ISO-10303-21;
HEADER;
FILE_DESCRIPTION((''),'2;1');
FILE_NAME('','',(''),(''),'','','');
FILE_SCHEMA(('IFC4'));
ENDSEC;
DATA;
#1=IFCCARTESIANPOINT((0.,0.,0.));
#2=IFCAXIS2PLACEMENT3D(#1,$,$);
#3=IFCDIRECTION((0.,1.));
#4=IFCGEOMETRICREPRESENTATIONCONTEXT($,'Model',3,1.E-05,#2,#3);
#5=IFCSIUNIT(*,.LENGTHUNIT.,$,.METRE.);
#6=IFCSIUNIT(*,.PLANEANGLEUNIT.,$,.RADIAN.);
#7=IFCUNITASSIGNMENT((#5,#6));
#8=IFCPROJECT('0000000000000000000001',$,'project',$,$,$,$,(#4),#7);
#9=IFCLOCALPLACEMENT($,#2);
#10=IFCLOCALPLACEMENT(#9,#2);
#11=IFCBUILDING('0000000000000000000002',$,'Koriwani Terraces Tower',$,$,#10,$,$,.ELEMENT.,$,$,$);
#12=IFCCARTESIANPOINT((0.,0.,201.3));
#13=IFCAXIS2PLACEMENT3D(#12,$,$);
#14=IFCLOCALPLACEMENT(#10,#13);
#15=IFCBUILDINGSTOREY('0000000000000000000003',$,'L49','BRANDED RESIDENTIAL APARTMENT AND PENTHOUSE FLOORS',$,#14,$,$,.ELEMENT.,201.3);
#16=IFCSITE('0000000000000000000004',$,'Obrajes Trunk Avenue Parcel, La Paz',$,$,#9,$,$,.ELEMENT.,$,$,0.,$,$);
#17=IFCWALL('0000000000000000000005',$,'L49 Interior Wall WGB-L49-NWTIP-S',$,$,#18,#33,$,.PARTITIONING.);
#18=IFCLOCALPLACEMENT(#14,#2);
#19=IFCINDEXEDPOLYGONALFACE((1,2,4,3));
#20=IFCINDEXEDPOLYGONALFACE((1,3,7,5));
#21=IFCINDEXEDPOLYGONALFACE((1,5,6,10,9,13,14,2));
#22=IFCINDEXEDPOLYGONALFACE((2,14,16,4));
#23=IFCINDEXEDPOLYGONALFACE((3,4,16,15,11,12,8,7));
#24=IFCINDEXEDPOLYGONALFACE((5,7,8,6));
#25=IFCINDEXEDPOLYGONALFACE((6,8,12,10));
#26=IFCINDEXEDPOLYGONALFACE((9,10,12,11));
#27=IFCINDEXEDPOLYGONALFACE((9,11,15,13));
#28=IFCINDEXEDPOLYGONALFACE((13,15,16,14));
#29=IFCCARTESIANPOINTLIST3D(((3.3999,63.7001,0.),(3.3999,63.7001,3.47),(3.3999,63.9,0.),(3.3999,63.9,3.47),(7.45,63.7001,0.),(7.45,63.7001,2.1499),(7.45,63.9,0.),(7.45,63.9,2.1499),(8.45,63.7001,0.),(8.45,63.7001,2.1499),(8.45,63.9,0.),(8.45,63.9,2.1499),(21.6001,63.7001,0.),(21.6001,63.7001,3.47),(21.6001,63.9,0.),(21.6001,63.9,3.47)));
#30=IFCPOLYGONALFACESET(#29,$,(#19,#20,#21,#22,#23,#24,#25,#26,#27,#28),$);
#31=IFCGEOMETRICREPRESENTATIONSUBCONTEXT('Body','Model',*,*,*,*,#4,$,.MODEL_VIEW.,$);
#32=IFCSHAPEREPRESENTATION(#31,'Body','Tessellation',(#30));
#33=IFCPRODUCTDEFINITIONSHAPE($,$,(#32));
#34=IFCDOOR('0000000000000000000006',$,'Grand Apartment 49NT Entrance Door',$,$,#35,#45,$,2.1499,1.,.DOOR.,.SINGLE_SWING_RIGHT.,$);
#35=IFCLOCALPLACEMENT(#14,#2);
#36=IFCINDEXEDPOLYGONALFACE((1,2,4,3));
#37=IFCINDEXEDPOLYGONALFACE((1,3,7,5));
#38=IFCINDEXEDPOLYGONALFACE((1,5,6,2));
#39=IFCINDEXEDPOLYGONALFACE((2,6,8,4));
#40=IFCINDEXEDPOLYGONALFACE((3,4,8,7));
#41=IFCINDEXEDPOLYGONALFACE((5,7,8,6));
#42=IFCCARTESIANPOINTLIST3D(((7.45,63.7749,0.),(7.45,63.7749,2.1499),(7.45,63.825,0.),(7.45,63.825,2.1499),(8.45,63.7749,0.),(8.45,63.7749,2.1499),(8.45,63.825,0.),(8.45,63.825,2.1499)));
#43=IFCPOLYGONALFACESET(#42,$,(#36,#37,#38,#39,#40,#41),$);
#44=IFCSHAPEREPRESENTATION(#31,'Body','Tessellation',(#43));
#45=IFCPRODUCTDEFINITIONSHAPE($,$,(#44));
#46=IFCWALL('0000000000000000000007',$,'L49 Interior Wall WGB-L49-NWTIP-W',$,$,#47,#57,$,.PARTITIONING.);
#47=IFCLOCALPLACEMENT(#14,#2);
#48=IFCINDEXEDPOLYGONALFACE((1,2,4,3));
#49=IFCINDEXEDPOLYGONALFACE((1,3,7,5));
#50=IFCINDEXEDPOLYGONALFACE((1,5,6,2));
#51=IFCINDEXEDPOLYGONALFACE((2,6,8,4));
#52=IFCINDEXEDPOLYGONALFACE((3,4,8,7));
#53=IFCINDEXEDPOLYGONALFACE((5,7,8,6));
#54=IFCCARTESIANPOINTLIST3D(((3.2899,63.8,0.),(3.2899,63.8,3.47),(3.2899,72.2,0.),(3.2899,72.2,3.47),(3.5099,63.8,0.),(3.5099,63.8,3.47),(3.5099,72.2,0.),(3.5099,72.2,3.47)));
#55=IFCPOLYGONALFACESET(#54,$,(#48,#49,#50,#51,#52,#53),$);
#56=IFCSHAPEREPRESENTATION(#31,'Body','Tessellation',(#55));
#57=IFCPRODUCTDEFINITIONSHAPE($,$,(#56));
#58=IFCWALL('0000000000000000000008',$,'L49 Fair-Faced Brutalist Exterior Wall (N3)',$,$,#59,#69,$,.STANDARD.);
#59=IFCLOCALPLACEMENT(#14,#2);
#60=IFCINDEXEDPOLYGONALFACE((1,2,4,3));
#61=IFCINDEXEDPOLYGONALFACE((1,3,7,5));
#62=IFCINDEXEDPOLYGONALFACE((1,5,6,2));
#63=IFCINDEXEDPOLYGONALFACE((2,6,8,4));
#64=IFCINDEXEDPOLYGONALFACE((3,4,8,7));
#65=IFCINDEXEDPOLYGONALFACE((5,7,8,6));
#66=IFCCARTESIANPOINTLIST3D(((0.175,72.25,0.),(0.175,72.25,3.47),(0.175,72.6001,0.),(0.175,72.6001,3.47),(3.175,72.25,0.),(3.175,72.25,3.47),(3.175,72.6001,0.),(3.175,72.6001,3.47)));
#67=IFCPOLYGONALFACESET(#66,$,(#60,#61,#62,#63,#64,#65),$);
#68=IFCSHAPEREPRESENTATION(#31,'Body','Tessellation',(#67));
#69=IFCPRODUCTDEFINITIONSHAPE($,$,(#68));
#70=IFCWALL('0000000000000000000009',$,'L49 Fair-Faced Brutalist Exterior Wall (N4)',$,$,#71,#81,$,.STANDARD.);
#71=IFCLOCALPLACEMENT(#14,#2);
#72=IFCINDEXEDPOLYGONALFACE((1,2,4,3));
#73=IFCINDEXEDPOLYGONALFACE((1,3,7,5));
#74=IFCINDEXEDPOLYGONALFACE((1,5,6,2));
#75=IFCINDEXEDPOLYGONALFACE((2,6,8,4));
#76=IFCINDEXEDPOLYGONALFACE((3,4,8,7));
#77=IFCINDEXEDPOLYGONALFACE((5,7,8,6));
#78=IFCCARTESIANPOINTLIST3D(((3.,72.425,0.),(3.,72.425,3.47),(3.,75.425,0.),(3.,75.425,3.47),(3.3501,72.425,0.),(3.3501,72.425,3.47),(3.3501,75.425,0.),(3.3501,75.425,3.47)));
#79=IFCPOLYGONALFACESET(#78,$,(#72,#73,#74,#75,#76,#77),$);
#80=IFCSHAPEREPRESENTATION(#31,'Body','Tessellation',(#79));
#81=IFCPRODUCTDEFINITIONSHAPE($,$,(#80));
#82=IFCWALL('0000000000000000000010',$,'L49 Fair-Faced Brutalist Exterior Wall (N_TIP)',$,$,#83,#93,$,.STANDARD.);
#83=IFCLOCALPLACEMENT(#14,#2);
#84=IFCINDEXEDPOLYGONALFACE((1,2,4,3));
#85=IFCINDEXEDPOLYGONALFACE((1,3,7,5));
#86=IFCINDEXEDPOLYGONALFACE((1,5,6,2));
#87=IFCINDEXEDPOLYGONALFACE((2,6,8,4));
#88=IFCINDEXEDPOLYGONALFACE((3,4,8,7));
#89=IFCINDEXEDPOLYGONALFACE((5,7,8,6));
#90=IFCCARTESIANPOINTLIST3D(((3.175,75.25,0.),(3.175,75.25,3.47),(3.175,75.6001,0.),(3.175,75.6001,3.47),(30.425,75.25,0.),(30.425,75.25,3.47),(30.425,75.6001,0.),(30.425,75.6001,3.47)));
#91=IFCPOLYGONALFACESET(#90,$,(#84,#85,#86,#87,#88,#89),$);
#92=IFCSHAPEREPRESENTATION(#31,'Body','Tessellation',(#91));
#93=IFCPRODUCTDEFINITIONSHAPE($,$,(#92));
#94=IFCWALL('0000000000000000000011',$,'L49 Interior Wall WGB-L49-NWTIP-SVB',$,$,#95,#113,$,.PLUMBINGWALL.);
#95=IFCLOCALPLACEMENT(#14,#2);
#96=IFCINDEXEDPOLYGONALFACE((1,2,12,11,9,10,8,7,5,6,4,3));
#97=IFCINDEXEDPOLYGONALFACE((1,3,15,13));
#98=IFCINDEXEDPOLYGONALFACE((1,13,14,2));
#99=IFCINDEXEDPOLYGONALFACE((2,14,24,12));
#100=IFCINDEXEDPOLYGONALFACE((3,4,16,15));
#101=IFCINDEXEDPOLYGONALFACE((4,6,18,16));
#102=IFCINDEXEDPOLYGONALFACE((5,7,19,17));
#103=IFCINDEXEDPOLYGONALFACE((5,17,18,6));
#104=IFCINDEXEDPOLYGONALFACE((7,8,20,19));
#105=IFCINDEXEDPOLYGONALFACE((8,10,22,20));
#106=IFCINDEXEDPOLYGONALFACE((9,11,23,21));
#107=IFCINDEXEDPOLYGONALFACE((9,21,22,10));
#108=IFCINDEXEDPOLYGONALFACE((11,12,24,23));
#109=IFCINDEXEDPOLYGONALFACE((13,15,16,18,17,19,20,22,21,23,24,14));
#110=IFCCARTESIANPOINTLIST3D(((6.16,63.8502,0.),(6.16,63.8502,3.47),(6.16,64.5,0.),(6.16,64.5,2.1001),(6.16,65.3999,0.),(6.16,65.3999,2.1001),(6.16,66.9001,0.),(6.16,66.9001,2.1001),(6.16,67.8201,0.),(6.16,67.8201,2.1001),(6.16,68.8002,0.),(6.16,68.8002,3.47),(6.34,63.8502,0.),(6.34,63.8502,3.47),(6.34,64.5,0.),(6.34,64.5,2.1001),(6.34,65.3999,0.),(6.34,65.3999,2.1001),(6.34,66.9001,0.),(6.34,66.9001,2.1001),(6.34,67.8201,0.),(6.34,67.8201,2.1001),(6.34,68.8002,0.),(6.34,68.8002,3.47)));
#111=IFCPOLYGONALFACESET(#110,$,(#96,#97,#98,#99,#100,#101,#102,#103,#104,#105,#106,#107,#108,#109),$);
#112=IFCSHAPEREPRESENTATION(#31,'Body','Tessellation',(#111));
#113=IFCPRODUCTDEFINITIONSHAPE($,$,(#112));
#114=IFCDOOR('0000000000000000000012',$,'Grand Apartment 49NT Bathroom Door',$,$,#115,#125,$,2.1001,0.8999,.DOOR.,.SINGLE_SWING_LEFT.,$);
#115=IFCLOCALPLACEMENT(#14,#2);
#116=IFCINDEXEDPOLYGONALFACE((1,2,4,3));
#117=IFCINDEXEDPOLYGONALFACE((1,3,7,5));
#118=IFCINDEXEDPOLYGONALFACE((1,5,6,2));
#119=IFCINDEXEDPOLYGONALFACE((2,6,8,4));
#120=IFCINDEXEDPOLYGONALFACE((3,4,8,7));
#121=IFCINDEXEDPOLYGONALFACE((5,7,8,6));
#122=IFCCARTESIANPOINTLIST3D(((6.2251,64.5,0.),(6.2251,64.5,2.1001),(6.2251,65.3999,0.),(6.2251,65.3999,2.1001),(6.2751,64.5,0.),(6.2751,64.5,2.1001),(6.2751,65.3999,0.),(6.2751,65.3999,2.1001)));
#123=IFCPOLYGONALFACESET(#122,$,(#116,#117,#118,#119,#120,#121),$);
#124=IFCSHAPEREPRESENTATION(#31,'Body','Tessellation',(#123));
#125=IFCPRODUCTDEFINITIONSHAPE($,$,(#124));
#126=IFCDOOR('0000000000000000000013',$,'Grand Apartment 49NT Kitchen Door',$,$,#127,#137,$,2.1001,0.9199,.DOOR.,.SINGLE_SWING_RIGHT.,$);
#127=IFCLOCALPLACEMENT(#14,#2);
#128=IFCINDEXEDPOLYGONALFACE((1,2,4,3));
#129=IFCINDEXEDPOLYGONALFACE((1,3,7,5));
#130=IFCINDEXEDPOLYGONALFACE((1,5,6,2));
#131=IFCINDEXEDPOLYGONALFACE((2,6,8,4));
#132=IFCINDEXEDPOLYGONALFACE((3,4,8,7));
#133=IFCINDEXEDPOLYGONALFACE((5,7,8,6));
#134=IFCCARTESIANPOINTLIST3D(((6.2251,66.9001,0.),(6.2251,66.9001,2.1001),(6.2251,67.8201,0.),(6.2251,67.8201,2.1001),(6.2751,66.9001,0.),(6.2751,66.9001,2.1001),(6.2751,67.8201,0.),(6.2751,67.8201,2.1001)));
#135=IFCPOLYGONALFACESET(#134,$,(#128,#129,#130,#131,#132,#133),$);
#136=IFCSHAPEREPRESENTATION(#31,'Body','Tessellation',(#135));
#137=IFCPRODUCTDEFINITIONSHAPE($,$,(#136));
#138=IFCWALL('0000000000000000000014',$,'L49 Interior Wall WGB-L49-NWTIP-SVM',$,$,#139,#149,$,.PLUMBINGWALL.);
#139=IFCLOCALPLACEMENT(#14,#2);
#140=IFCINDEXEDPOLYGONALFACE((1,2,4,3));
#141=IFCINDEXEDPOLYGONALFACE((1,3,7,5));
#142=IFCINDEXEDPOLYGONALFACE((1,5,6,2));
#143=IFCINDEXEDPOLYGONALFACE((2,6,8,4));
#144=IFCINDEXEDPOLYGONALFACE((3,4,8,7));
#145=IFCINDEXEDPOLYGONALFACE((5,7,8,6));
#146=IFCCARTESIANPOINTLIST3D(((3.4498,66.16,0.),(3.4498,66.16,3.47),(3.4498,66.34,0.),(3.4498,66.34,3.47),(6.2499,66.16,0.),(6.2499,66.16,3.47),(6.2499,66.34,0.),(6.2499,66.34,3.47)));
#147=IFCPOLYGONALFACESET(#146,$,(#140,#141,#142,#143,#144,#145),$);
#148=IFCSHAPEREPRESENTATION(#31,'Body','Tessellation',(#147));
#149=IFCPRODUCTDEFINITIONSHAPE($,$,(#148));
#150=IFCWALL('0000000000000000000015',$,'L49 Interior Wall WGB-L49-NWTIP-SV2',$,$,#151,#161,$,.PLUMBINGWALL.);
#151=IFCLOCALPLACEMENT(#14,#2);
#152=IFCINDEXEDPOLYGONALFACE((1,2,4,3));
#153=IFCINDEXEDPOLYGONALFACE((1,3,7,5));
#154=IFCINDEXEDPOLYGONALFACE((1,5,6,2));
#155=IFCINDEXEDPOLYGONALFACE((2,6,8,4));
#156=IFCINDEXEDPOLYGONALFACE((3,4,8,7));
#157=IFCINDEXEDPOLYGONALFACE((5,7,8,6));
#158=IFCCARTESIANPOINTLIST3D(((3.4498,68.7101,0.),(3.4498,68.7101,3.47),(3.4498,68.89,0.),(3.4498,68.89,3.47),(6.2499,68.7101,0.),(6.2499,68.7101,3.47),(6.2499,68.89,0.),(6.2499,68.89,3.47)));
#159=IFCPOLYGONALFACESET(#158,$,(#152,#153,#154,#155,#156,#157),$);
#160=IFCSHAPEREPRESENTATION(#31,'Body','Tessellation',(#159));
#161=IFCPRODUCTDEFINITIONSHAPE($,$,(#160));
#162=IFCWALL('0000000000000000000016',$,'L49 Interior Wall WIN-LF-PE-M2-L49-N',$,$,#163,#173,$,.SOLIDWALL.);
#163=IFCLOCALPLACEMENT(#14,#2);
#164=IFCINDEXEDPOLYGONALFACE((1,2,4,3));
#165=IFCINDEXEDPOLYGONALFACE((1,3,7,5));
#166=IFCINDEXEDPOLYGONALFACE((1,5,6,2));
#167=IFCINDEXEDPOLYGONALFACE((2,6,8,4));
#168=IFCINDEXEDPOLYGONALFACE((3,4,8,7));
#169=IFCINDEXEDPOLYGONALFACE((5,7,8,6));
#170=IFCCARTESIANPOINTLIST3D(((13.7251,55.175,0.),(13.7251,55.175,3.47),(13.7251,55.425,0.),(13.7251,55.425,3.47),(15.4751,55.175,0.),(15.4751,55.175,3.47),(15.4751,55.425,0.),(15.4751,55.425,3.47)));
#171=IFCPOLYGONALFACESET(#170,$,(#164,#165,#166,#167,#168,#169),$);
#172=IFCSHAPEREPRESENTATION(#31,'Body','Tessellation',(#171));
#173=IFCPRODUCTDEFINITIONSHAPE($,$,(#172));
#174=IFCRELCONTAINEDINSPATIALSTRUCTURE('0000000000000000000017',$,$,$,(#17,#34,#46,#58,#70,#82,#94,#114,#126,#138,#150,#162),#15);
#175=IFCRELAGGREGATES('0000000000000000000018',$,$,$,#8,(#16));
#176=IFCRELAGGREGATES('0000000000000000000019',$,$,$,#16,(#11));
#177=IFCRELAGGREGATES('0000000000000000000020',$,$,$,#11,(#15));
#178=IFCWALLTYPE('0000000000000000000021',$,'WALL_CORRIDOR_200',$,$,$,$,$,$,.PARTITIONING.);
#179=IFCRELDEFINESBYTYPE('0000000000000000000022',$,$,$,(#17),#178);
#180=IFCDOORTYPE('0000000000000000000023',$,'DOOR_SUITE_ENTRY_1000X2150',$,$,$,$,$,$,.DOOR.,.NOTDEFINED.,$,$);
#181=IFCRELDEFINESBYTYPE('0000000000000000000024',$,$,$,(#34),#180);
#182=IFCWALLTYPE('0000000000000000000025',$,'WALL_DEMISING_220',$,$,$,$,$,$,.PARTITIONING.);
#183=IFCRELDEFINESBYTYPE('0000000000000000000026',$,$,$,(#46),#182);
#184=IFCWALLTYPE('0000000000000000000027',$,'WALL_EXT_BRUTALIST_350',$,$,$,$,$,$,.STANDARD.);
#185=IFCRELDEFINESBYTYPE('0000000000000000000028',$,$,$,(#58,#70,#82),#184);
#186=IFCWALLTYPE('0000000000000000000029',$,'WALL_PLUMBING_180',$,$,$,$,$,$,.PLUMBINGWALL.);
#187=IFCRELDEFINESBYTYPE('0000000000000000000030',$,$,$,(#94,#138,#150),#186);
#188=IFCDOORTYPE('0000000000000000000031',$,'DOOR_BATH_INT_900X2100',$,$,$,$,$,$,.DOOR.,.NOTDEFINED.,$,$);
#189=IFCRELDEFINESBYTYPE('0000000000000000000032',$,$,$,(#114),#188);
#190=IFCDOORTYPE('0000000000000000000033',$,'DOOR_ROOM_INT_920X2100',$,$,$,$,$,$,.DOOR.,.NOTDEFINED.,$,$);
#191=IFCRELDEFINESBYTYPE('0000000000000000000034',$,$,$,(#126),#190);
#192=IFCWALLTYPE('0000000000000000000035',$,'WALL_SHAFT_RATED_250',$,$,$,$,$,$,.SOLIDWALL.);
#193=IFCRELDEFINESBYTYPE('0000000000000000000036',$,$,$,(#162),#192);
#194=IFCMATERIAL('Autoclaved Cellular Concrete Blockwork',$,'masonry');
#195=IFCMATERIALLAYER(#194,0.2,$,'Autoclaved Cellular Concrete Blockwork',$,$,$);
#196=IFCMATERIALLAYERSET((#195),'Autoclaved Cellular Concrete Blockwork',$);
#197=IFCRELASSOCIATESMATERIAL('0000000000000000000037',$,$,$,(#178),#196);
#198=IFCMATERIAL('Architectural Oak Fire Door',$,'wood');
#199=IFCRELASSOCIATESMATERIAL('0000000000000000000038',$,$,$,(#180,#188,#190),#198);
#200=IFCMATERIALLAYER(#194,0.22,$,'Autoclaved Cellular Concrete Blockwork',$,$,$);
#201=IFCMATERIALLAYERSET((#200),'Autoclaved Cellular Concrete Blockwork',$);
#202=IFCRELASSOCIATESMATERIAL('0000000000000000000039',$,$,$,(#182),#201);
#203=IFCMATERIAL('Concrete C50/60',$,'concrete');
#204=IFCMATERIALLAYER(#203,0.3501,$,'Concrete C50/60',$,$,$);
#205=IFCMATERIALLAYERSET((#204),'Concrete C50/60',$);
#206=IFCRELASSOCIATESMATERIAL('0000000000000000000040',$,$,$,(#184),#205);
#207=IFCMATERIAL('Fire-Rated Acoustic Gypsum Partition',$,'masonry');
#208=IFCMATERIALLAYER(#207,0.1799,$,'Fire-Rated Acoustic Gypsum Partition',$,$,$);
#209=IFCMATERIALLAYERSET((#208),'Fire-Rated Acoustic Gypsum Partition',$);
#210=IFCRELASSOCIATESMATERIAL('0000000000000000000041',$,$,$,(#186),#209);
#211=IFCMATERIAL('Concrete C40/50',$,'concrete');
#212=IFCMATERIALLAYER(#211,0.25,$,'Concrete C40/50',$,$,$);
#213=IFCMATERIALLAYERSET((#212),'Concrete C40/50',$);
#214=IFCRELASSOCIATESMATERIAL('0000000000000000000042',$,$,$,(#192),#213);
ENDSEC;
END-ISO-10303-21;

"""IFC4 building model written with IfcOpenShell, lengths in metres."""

from ifc_helpers import new_model, si_unit, direction, frame, frame_2d, origin, place, context, subcontext, project, spatial, rectangle, extrude, material, layer, layer_set, type_object, element, fill, save


model = new_model("IFC4")

# Units and contexts
model_context = context("Model", 3, precision=1e-05, world=origin(), true_north=direction((0.0, 1.0)))
body_context = subcontext(model_context, "Body", "Model", "MODEL_VIEW")
ifc_project = project(units=[si_unit("LENGTHUNIT", "METRE"), si_unit("PLANEANGLEUNIT", "RADIAN")], contexts=[model_context])

# Site, building, storey
site_placement = place(None, origin())
site = spatial("IfcSite", under=ifc_project, at=site_placement, Name="Obrajes Trunk Avenue Parcel, La Paz", CompositionType="ELEMENT", RefElevation=0.0)
building_placement = place(site_placement, origin())
building = spatial("IfcBuilding", under=site, at=building_placement, Name="Koriwani Terraces Tower", CompositionType="ELEMENT")
storey_placement = place(building_placement, frame((0.0, 0.0, 201.3)))
storey = spatial("IfcBuildingStorey", under=building, at=storey_placement, Name="L49", Description="BRANDED RESIDENTIAL APARTMENT AND PENTHOUSE FLOORS", CompositionType="ELEMENT", Elevation=201.3)

# Shared definitions
ifc_material_1 = material(Name="Concrete C50/60", Category="concrete")

# Shared definitions
ifc_material_2 = material(Name="Concrete C40/50", Category="concrete")

# Wall, opening, door
ifc_material_3 = material(Name="Autoclaved Cellular Concrete Blockwork", Category="masonry")
ifc_layer_1 = layer(ifc_material_3, 0.2, Name="Autoclaved Cellular Concrete Blockwork")
ifc_layer_set_1 = layer_set([ifc_layer_1], Name="Autoclaved Cellular Concrete Blockwork")
wall_type_1 = type_object("IfcWallType", Name="WALL_CORRIDOR_200", PredefinedType="PARTITIONING", material=ifc_layer_set_1)
wall_1_placement = place(storey_placement, frame((3.3999, 63.8, 0.0), z_axis=(0.0, 0.0, 1.0), x_axis=(1.0, 0.0, 0.0)))
wall_1 = element("IfcWall", 1, at=wall_1_placement, inside=storey, type_object=wall_type_1, Name="L49 Interior Wall WGB-L49-NWTIP-S", PredefinedType="PARTITIONING", context=body_context, shape_type="SweptSolid", body=[
    extrude(rectangle(XDim=18.2002, YDim=0.2, at=frame_2d((9.1001, 0.0))), origin(), (0.0, 0.0, 1.0), 3.47),
])
opening_1_placement = place(wall_1_placement, frame((4.05, 0.0, 0.0)))
opening_1 = element("IfcOpeningElement", 2, at=opening_1_placement, cuts=wall_1, PredefinedType="OPENING", context=body_context, shape_type="SweptSolid", body=[
    extrude(rectangle(XDim=1.0, YDim=2.1499, at=frame_2d((0.5, 1.075))), frame((0.0, 0.1099, 0.0), z_axis=(0.0, -1.0, 0.0), x_axis=(1.0, 0.0, 0.0)), (0.0, 0.0, 1.0), 0.22),
])
ifc_material_4 = material(Name="Architectural Oak Fire Door", Category="wood")
door_type_1 = type_object("IfcDoorType", Name="DOOR_SUITE_ENTRY_1000X2150", OperationType="NOTDEFINED", PredefinedType="DOOR", material=ifc_material_4)
door_1_placement = place(opening_1_placement, origin())
door_1 = element("IfcDoor", 3, at=door_1_placement, inside=storey, type_object=door_type_1, Name="Grand Apartment 49NT Entrance Door", OperationType="SINGLE_SWING_RIGHT", OverallHeight=2.1499, OverallWidth=1.0, PredefinedType="DOOR", context=body_context, shape_type="SweptSolid", body=[
    extrude(rectangle(XDim=1.0, YDim=2.1499, at=frame_2d((0.5, 1.075))), frame((0.0, 0.0249, 0.0), z_axis=(0.0, -1.0, 0.0), x_axis=(1.0, 0.0, 0.0)), (0.0, 0.0, 1.0), 0.05),
])
fill(opening_1, door_1)

# Walls
ifc_layer_2 = layer(ifc_material_3, 0.22, Name="Autoclaved Cellular Concrete Blockwork")
ifc_layer_set_2 = layer_set([ifc_layer_2], Name="Autoclaved Cellular Concrete Blockwork")
wall_type_2 = type_object("IfcWallType", Name="WALL_DEMISING_220", PredefinedType="PARTITIONING", material=ifc_layer_set_2)
wall_2_placement = place(storey_placement, frame((3.3999, 63.8, 0.0), z_axis=(0.0, 0.0, 1.0), x_axis=(0.0, 1.0, 0.0)))
element("IfcWall", 4, at=wall_2_placement, inside=storey, type_object=wall_type_2, Name="L49 Interior Wall WGB-L49-NWTIP-W", PredefinedType="PARTITIONING", context=body_context, shape_type="SweptSolid", body=[
    extrude(rectangle(XDim=8.3999, YDim=0.22, at=frame_2d((4.2, 0.0))), origin(), (0.0, 0.0, 1.0), 3.47),
])
ifc_layer_3 = layer(ifc_material_1, 0.3501, Name="Concrete C50/60")
ifc_layer_set_3 = layer_set([ifc_layer_3], Name="Concrete C50/60")
wall_type_3 = type_object("IfcWallType", Name="WALL_EXT_BRUTALIST_350", PredefinedType="STANDARD", material=ifc_layer_set_3)
for number, where, z_axis, x_axis, name in (
    (5, (0.175, 72.425, 0.0), (0.0, 0.0, 1.0), (1.0, 0.0, 0.0), "L49 Fair-Faced Brutalist Exterior Wall (N3)"),
    (6, (3.175, 72.425, 0.0), (0.0, 0.0, 1.0), (0.0, 1.0, 0.0), "L49 Fair-Faced Brutalist Exterior Wall (N4)"),
):
    element("IfcWall", number, at=place(storey_placement, frame(where, z_axis=z_axis, x_axis=x_axis)), inside=storey, type_object=wall_type_3, Name=name, PredefinedType="STANDARD", context=body_context, shape_type="SweptSolid", body=[
        extrude(rectangle(XDim=3.0, YDim=0.3501, at=frame_2d((1.5, 0.0))), origin(), (0.0, 0.0, 1.0), 3.47),
    ])
wall_3_placement = place(storey_placement, frame((3.175, 75.425, 0.0), z_axis=(0.0, 0.0, 1.0), x_axis=(1.0, 0.0, 0.0)))
element("IfcWall", 7, at=wall_3_placement, inside=storey, type_object=wall_type_3, Name="L49 Fair-Faced Brutalist Exterior Wall (N_TIP)", PredefinedType="STANDARD", context=body_context, shape_type="SweptSolid", body=[
    extrude(rectangle(XDim=27.25, YDim=0.3501, at=frame_2d((13.625, 0.0))), origin(), (0.0, 0.0, 1.0), 3.47),
])

# Wall, openings, doors
ifc_material_5 = material(Name="Fire-Rated Acoustic Gypsum Partition", Category="masonry")
ifc_layer_4 = layer(ifc_material_5, 0.1799, Name="Fire-Rated Acoustic Gypsum Partition")
ifc_layer_set_4 = layer_set([ifc_layer_4], Name="Fire-Rated Acoustic Gypsum Partition")
wall_type_4 = type_object("IfcWallType", Name="WALL_PLUMBING_180", PredefinedType="PLUMBINGWALL", material=ifc_layer_set_4)
wall_4_placement = place(storey_placement, frame((6.25, 63.8501, 0.0), z_axis=(0.0, 0.0, 1.0), x_axis=(0.0, 1.0, 0.0)))
wall_4 = element("IfcWall", 8, at=wall_4_placement, inside=storey, type_object=wall_type_4, Name="L49 Interior Wall WGB-L49-NWTIP-SVB", PredefinedType="PLUMBINGWALL", context=body_context, shape_type="SweptSolid", body=[
    extrude(rectangle(XDim=4.95, YDim=0.1799, at=frame_2d((2.4751, 0.0))), origin(), (0.0, 0.0, 1.0), 3.47),
])
opening_2_placement = place(wall_4_placement, frame((0.6499, 0.0, 0.0)))
opening_2 = element("IfcOpeningElement", 9, at=opening_2_placement, cuts=wall_4, PredefinedType="OPENING", context=body_context, shape_type="SweptSolid", body=[
    extrude(rectangle(XDim=0.8999, YDim=2.1001, at=frame_2d((0.45, 1.05))), frame((0.0, 0.1001, 0.0), z_axis=(0.0, -1.0, 0.0), x_axis=(1.0, 0.0, 0.0)), (0.0, 0.0, 1.0), 0.2),
])
opening_3_placement = place(wall_4_placement, frame((3.05, 0.0, 0.0)))
opening_3 = element("IfcOpeningElement", 10, at=opening_3_placement, cuts=wall_4, PredefinedType="OPENING", context=body_context, shape_type="SweptSolid", body=[
    extrude(rectangle(XDim=0.9199, YDim=2.1001, at=frame_2d((0.46, 1.05))), frame((0.0, 0.1001, 0.0), z_axis=(0.0, -1.0, 0.0), x_axis=(1.0, 0.0, 0.0)), (0.0, 0.0, 1.0), 0.2),
])
door_type_2 = type_object("IfcDoorType", Name="DOOR_BATH_INT_900X2100", OperationType="NOTDEFINED", PredefinedType="DOOR", material=ifc_material_4)
door_2_placement = place(opening_2_placement, origin())
door_2 = element("IfcDoor", 11, at=door_2_placement, inside=storey, type_object=door_type_2, Name="Grand Apartment 49NT Bathroom Door", OperationType="SINGLE_SWING_LEFT", OverallHeight=2.1001, OverallWidth=0.8999, PredefinedType="DOOR", context=body_context, shape_type="SweptSolid", body=[
    extrude(rectangle(XDim=0.8999, YDim=2.1001, at=frame_2d((0.45, 1.05))), frame((0.0, 0.0249, 0.0), z_axis=(0.0, -1.0, 0.0), x_axis=(1.0, 0.0, 0.0)), (0.0, 0.0, 1.0), 0.05),
])
fill(opening_2, door_2)
door_type_3 = type_object("IfcDoorType", Name="DOOR_ROOM_INT_920X2100", OperationType="NOTDEFINED", PredefinedType="DOOR", material=ifc_material_4)
door_3_placement = place(opening_3_placement, origin())
door_3 = element("IfcDoor", 12, at=door_3_placement, inside=storey, type_object=door_type_3, Name="Grand Apartment 49NT Kitchen Door", OperationType="SINGLE_SWING_RIGHT", OverallHeight=2.1001, OverallWidth=0.9199, PredefinedType="DOOR", context=body_context, shape_type="SweptSolid", body=[
    extrude(rectangle(XDim=0.9199, YDim=2.1001, at=frame_2d((0.46, 1.05))), frame((0.0, 0.0249, 0.0), z_axis=(0.0, -1.0, 0.0), x_axis=(1.0, 0.0, 0.0)), (0.0, 0.0, 1.0), 0.05),
])
fill(opening_3, door_3)

# Walls
for number, where, z_axis, x_axis, name in (
    (13, (3.45, 66.25, 0.0), (0.0, 0.0, 1.0), (1.0, 0.0, 0.0), "L49 Interior Wall WGB-L49-NWTIP-SVM"),
    (14, (3.45, 68.8, 0.0), (0.0, 0.0, 1.0), (1.0, 0.0, 0.0), "L49 Interior Wall WGB-L49-NWTIP-SV2"),
):
    element("IfcWall", number, at=place(storey_placement, frame(where, z_axis=z_axis, x_axis=x_axis)), inside=storey, type_object=wall_type_4, Name=name, PredefinedType="PLUMBINGWALL", context=body_context, shape_type="SweptSolid", body=[
        extrude(rectangle(XDim=2.8, YDim=0.1799, at=frame_2d((1.3999, 0.0))), origin(), (0.0, 0.0, 1.0), 3.47),
    ])
ifc_layer_5 = layer(ifc_material_2, 0.25, Name="Concrete C40/50")
ifc_layer_set_5 = layer_set([ifc_layer_5], Name="Concrete C40/50")
wall_type_5 = type_object("IfcWallType", Name="WALL_SHAFT_RATED_250", PredefinedType="SOLIDWALL", material=ifc_layer_set_5)
wall_5_placement = place(storey_placement, frame((13.7251, 55.3, 0.0), z_axis=(0.0, 0.0, 1.0), x_axis=(1.0, 0.0, 0.0)))
element("IfcWall", 15, at=wall_5_placement, inside=storey, type_object=wall_type_5, Name="L49 Interior Wall WIN-LF-PE-M2-L49-N", PredefinedType="SOLIDWALL", context=body_context, shape_type="SweptSolid", body=[
    extrude(rectangle(XDim=1.75, YDim=0.25, at=frame_2d((0.875, 0.0))), origin(), (0.0, 0.0, 1.0), 3.47),
])

save(model, "model.ifc")
